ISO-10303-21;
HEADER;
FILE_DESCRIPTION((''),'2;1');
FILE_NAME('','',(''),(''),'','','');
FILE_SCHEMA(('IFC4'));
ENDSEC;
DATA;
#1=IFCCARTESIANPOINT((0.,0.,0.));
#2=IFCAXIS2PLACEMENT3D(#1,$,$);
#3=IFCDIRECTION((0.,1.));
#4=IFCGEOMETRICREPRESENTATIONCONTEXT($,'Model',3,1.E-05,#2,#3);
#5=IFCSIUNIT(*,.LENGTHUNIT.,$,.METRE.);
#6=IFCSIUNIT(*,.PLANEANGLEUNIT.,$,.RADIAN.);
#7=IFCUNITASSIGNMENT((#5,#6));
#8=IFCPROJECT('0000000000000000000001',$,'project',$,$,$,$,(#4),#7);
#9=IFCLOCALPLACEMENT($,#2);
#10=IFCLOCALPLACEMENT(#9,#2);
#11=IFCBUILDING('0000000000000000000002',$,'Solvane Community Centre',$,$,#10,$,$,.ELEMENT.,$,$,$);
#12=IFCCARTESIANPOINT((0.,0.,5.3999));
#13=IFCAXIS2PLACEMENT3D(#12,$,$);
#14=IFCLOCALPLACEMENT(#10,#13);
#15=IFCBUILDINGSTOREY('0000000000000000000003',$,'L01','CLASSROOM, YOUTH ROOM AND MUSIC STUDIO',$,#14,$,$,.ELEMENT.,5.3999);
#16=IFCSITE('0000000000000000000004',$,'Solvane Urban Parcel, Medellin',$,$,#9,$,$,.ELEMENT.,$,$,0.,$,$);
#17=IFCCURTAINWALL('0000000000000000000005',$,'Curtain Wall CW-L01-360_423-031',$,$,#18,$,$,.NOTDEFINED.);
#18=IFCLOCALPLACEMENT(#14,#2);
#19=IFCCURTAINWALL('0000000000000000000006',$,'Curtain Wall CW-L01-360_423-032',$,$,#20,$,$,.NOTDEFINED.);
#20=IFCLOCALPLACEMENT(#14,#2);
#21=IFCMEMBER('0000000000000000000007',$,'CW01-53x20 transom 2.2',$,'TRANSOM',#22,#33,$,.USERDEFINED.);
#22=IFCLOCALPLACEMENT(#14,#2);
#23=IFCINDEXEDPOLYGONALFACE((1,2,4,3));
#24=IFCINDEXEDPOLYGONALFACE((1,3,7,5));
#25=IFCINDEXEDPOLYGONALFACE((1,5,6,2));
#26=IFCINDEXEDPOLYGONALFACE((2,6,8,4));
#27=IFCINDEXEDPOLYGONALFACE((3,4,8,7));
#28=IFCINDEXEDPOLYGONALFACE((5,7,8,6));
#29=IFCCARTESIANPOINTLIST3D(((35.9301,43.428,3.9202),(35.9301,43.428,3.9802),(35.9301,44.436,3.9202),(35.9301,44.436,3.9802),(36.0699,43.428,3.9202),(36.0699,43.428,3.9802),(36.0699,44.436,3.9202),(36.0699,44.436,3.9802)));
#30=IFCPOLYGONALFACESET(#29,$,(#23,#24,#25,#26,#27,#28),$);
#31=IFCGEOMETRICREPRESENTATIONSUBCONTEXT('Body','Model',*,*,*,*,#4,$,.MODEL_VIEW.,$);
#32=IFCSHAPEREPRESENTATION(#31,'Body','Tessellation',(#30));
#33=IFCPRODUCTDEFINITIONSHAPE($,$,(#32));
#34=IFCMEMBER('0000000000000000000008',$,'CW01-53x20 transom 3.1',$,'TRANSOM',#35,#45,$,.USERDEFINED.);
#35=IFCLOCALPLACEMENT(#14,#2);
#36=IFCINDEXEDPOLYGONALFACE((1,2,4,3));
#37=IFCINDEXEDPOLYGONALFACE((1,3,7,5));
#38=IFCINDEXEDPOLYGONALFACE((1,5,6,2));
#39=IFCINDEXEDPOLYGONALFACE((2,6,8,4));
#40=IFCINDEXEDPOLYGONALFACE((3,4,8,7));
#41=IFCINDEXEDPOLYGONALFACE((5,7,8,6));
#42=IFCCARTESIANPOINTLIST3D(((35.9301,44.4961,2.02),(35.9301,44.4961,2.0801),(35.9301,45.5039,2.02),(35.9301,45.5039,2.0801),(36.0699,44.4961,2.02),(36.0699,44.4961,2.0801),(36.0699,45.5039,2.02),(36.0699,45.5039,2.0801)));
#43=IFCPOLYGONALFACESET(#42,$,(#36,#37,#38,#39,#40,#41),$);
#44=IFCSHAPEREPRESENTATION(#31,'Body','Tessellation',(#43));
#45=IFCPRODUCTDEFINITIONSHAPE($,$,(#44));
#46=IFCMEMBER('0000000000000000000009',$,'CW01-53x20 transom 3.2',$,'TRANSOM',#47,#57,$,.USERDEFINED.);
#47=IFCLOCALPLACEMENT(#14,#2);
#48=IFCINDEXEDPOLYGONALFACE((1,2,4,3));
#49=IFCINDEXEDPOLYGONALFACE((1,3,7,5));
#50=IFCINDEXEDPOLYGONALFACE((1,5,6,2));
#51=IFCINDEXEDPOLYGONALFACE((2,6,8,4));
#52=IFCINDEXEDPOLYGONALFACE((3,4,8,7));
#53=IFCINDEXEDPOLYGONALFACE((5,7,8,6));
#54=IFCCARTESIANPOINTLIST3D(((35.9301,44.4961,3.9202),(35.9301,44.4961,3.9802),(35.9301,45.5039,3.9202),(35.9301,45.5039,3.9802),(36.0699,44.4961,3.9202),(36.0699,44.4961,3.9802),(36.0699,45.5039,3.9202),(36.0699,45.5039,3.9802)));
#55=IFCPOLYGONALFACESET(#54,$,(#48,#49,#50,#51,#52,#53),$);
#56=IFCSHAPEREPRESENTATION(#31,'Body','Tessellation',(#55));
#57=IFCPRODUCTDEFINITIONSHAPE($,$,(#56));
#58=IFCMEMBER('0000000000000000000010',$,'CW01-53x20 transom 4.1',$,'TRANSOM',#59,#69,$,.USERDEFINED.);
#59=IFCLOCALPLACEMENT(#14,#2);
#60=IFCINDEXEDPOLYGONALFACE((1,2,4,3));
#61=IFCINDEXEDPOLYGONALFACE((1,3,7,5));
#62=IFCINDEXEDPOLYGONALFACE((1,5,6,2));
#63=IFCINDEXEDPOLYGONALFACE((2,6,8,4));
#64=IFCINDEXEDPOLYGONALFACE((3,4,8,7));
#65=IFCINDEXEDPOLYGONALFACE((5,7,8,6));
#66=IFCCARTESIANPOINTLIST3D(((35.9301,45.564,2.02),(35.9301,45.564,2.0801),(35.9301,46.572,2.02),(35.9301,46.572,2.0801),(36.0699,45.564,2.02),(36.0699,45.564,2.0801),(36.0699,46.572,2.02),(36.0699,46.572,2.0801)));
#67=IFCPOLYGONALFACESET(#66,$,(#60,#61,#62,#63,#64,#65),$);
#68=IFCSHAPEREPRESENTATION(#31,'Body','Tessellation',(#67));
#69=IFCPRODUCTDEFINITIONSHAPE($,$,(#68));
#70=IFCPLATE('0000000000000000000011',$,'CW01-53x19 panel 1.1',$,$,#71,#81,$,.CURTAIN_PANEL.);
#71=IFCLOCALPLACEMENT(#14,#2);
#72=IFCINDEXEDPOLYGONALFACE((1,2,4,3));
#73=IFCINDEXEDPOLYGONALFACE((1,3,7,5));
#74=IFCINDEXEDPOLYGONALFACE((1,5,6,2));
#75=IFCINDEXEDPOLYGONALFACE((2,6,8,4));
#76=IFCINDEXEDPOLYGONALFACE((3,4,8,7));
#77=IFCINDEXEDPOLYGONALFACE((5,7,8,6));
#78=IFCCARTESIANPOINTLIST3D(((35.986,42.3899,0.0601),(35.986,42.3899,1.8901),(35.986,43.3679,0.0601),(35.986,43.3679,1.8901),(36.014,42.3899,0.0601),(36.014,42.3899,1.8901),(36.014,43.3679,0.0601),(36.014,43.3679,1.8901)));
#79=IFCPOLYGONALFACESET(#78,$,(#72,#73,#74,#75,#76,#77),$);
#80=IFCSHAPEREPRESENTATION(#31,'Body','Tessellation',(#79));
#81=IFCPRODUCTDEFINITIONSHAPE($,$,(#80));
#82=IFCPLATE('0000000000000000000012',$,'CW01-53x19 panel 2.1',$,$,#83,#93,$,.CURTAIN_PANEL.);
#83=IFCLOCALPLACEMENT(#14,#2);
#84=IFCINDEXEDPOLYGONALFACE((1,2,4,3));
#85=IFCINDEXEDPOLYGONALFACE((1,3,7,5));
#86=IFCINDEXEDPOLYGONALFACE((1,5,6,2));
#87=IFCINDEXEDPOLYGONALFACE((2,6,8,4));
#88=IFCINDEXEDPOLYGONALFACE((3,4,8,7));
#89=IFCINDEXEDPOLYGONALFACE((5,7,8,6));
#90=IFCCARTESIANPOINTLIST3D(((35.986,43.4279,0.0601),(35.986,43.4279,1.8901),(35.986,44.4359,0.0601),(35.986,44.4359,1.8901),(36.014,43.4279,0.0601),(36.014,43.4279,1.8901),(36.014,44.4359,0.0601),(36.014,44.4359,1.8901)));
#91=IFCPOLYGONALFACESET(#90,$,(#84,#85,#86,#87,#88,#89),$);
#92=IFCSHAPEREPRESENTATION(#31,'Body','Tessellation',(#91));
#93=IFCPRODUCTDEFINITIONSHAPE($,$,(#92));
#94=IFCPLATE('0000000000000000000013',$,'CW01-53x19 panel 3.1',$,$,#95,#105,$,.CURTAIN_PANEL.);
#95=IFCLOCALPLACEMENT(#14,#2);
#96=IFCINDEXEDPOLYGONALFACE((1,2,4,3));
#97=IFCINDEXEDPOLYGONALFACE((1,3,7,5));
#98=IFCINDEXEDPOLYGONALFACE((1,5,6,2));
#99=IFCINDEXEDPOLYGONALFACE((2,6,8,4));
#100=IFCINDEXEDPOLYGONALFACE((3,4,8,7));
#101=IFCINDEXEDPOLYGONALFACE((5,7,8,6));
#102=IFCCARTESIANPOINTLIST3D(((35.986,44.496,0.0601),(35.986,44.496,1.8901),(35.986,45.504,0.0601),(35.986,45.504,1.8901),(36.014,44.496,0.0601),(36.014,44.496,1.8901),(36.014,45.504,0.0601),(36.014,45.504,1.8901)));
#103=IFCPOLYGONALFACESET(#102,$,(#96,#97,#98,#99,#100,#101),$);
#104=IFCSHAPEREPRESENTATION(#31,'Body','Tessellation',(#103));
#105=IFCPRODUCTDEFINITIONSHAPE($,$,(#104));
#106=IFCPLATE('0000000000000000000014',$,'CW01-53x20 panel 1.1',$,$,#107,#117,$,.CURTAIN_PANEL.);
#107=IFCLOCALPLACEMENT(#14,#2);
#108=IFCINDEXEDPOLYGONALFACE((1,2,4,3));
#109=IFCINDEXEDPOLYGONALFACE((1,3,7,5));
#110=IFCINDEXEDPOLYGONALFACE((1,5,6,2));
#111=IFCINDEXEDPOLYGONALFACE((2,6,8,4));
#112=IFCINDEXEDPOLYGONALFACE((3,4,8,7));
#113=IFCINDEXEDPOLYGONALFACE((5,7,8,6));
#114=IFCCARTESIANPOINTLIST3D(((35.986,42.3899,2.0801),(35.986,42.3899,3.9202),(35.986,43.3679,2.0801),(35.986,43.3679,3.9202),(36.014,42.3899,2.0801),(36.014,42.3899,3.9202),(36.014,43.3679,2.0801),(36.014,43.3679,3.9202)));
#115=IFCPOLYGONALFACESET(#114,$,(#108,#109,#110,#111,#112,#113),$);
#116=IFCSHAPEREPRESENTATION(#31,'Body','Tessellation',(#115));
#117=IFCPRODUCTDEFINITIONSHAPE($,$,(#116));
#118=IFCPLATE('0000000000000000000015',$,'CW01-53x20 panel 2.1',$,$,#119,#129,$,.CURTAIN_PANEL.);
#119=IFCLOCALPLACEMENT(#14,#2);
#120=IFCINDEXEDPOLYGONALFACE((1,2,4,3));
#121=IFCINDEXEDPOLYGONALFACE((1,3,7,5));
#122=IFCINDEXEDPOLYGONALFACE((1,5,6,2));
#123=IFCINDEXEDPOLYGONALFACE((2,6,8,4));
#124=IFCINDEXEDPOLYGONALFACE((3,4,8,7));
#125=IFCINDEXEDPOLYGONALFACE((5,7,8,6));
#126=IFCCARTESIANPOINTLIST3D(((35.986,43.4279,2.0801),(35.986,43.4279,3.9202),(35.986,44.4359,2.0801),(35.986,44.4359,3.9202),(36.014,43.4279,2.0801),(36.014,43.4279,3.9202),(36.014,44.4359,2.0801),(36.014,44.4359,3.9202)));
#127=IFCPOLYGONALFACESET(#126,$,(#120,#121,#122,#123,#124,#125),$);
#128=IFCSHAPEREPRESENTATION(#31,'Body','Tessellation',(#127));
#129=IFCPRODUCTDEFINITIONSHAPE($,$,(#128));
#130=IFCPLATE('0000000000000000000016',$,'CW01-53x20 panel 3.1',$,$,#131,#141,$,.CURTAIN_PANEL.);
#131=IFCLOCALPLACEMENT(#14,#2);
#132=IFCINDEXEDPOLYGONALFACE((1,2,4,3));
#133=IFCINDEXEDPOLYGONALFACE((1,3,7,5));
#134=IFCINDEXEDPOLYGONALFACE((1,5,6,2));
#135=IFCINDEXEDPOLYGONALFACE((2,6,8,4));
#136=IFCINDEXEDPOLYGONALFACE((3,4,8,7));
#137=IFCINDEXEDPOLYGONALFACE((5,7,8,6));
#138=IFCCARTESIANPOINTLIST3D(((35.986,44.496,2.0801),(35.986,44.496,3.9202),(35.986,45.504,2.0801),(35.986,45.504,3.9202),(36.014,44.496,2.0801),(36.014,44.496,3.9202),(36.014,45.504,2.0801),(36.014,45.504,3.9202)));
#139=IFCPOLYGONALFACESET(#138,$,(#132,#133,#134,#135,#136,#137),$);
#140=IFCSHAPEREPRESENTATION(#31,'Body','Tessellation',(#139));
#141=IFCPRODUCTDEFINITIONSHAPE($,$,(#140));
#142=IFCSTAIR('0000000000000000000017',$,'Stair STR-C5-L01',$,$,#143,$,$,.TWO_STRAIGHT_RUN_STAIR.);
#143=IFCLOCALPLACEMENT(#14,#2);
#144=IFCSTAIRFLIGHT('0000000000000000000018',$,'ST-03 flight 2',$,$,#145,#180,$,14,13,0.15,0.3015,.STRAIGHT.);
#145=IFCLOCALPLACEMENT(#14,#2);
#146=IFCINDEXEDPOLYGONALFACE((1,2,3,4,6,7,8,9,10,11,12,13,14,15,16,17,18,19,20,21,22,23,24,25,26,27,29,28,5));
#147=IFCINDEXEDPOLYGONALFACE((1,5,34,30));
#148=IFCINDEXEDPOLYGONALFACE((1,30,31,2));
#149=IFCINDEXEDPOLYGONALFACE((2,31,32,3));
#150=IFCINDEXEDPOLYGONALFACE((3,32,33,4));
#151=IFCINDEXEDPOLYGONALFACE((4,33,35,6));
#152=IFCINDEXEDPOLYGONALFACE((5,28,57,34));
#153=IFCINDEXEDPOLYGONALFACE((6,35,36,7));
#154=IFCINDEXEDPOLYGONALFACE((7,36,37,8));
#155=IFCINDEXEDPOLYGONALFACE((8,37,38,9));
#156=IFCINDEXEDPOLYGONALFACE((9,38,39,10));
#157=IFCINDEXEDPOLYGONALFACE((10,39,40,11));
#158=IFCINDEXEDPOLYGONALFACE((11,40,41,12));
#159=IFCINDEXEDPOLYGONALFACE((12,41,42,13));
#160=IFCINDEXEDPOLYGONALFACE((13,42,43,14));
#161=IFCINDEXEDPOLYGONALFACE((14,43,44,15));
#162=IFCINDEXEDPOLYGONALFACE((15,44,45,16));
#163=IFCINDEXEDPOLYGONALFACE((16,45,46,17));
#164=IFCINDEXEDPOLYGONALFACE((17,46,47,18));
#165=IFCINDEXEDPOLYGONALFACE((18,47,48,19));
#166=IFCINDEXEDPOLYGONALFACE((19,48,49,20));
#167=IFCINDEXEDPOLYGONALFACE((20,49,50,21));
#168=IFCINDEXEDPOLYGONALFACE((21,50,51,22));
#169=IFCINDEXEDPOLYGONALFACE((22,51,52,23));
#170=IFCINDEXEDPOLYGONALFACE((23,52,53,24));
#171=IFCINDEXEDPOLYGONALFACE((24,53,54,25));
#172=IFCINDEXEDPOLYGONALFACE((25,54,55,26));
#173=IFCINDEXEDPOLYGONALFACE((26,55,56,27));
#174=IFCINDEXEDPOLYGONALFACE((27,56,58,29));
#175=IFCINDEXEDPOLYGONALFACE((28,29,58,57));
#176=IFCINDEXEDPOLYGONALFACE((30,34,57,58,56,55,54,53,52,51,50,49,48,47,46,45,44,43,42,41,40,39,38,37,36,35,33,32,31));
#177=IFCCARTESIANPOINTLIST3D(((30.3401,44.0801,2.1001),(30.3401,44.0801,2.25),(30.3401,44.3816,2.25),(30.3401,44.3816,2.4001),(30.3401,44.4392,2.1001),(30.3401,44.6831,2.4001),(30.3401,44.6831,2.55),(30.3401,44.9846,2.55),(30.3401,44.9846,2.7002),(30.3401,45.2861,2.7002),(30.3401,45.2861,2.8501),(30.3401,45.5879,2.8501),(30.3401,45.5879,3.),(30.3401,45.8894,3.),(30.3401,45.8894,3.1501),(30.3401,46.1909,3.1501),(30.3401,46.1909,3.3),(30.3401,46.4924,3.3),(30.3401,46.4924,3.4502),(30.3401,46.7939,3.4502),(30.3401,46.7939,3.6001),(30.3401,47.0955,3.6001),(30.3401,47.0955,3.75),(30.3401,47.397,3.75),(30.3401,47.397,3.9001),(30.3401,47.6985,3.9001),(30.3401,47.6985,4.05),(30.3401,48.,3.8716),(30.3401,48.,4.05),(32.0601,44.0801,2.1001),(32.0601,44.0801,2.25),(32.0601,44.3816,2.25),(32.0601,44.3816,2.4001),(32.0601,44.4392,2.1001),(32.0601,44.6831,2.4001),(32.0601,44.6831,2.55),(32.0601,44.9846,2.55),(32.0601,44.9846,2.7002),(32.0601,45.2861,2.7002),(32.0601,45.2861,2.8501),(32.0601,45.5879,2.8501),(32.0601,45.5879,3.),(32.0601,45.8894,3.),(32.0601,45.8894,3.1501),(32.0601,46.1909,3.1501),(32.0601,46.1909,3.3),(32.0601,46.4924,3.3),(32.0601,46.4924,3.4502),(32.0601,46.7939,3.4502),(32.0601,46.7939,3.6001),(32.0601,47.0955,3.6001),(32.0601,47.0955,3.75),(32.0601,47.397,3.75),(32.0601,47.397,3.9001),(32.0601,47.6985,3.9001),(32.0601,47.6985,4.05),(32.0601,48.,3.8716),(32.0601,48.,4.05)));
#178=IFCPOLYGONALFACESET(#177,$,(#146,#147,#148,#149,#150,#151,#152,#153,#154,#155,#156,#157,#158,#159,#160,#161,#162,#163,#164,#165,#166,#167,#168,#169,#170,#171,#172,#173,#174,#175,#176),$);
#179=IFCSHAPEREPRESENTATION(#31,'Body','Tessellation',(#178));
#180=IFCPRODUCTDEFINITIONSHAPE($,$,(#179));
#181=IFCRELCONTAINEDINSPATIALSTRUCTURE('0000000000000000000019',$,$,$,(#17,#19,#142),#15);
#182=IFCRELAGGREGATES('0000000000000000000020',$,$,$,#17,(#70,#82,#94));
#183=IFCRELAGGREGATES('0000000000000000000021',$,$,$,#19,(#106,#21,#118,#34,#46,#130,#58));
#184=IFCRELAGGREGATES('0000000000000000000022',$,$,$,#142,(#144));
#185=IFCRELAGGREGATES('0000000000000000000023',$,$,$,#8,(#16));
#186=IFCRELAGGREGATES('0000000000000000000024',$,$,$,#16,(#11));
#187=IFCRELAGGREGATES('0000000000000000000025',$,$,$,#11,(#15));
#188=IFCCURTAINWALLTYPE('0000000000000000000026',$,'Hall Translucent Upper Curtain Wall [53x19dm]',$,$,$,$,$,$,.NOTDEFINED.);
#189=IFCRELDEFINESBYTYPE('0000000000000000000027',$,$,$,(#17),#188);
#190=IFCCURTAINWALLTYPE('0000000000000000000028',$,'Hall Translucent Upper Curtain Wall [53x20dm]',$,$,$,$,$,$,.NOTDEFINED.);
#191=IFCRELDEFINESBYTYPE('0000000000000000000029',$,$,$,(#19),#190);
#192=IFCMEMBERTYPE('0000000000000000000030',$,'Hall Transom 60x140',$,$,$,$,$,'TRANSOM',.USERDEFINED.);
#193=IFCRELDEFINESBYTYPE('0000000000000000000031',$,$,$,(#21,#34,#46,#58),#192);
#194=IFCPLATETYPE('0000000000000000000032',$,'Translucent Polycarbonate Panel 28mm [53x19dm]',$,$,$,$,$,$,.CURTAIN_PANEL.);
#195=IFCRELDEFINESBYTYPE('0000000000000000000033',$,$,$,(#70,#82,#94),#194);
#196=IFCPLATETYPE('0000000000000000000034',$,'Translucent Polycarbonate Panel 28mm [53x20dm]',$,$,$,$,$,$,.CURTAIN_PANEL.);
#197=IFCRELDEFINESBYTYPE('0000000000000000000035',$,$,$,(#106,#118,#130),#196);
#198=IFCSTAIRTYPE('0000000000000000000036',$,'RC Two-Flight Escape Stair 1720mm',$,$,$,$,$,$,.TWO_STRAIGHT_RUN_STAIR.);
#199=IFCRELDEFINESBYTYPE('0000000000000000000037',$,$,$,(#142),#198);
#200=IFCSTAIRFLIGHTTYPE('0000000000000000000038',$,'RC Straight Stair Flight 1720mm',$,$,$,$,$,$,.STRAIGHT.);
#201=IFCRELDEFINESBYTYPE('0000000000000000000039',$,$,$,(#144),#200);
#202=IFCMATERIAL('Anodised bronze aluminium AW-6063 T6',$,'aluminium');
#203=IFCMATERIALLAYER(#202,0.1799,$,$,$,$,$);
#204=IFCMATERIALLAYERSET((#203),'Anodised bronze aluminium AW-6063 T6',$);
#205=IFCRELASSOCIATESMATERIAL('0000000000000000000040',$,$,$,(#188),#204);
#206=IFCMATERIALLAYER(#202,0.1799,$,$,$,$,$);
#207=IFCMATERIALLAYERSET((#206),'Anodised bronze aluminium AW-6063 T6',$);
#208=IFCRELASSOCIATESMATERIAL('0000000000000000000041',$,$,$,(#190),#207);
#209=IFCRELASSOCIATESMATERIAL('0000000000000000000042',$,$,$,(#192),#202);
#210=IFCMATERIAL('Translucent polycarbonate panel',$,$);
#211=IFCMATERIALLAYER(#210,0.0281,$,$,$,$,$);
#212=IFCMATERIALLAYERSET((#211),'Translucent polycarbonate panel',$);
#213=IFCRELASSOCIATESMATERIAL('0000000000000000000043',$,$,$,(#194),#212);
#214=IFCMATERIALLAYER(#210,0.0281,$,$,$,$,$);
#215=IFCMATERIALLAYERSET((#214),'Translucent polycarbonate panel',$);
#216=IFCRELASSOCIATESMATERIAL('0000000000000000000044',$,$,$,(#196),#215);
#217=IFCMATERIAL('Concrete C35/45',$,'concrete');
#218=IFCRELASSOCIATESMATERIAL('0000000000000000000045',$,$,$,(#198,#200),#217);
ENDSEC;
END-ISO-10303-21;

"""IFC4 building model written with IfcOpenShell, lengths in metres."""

from ifc_helpers import new_model, si_unit, direction, frame, origin, origin_2d, place, context, subcontext, project, spatial, polyline, rectangle, outline, extrude, material, layer, layer_set, material_profile, profile_set, type_object, element, aggregate, save


model = new_model("IFC4")

# Units and contexts
model_context = context("Model", 3, precision=1e-05, world=origin(), true_north=direction((0.0, 1.0)))
body_context = subcontext(model_context, "Body", "Model", "MODEL_VIEW")
ifc_project = project(units=[si_unit("LENGTHUNIT", "METRE"), si_unit("PLANEANGLEUNIT", "RADIAN")], contexts=[model_context])

# Site, building, storey
site_placement = place(None, origin())
site = spatial("IfcSite", under=ifc_project, at=site_placement, Name="Solvane Urban Parcel, Medellin", CompositionType="ELEMENT", RefElevation=0.0)
building_placement = place(site_placement, origin())
building = spatial("IfcBuilding", under=site, at=building_placement, Name="Solvane Community Centre", CompositionType="ELEMENT")
storey_placement = place(building_placement, frame((0.0, 0.0, 5.3999)))
storey = spatial("IfcBuildingStorey", under=building, at=storey_placement, Name="L01", Description="CLASSROOM, YOUTH ROOM AND MUSIC STUDIO", CompositionType="ELEMENT", Elevation=5.3999)

# Curtain walls
ifc_material_1 = material(Name="Anodised bronze aluminium AW-6063 T6", Category="aluminium")
ifc_layer_1 = layer(ifc_material_1, 0.1799)
ifc_layer_set_1 = layer_set([ifc_layer_1], Name="Anodised bronze aluminium AW-6063 T6")
curtain_wall_type_1 = type_object("IfcCurtainWallType", Name="Hall Translucent Upper Curtain Wall [53x19dm]", PredefinedType="NOTDEFINED", material=ifc_layer_set_1)
curtain_wall_1_placement = place(storey_placement, origin())
curtain_wall_1 = element("IfcCurtainWall", 1, at=curtain_wall_1_placement, inside=storey, type_object=curtain_wall_type_1, Name="Curtain Wall CW-L01-360_423-031", PredefinedType="NOTDEFINED")
ifc_layer_2 = layer(ifc_material_1, 0.1799)
ifc_layer_set_2 = layer_set([ifc_layer_2], Name="Anodised bronze aluminium AW-6063 T6")
curtain_wall_type_2 = type_object("IfcCurtainWallType", Name="Hall Translucent Upper Curtain Wall [53x20dm]", PredefinedType="NOTDEFINED", material=ifc_layer_set_2)
curtain_wall_2_placement = place(storey_placement, origin())
curtain_wall_2 = element("IfcCurtainWall", 2, at=curtain_wall_2_placement, inside=storey, type_object=curtain_wall_type_2, Name="Curtain Wall CW-L01-360_423-032", PredefinedType="NOTDEFINED")

# Members
ifc_material_profile_1 = material_profile(ifc_material_1, rectangle(XDim=0.1399, YDim=0.0601, at=origin_2d()), Name="CW-T 60x140")
ifc_profile_set_1 = profile_set([ifc_material_profile_1], Name="Anodised bronze aluminium AW-6063 T6")
member_type_1 = type_object("IfcMemberType", Name="Hall Transom 60x140", ElementType="TRANSOM", PredefinedType="USERDEFINED", material=ifc_profile_set_1)
member_1_placement = place(storey_placement, frame((36.0, 43.428, 3.9502), z_axis=(0.0, 1.0, 0.0), x_axis=(-1.0, 0.0, 0.0)))
member_1 = element("IfcMember", 3, at=member_1_placement, type_object=member_type_1, Name="CW01-53x20 transom 2.2", ObjectType="TRANSOM", PredefinedType="USERDEFINED", context=body_context, shape_type="SweptSolid", body=[
    extrude(rectangle(XDim=0.1399, YDim=0.0601, at=origin_2d()), origin(), (0.0, 0.0, 1.0), 1.0081),
])
member_2_placement = place(storey_placement, frame((36.0, 44.4961, 2.05), z_axis=(0.0, 1.0, 0.0), x_axis=(-1.0, 0.0, 0.0)))
member_2 = element("IfcMember", 4, at=member_2_placement, type_object=member_type_1, Name="CW01-53x20 transom 3.1", ObjectType="TRANSOM", PredefinedType="USERDEFINED", context=body_context, shape_type="SweptSolid", body=[
    extrude(rectangle(XDim=0.1399, YDim=0.0601, at=origin_2d()), origin(), (0.0, 0.0, 1.0), 1.0078),
])
member_3_placement = place(storey_placement, frame((36.0, 44.4961, 3.9502), z_axis=(0.0, 1.0, 0.0), x_axis=(-1.0, 0.0, 0.0)))
member_3 = element("IfcMember", 5, at=member_3_placement, type_object=member_type_1, Name="CW01-53x20 transom 3.2", ObjectType="TRANSOM", PredefinedType="USERDEFINED", context=body_context, shape_type="SweptSolid", body=[
    extrude(rectangle(XDim=0.1399, YDim=0.0601, at=origin_2d()), origin(), (0.0, 0.0, 1.0), 1.0078),
])
member_4_placement = place(storey_placement, frame((36.0, 45.564, 2.05), z_axis=(0.0, 1.0, 0.0), x_axis=(-1.0, 0.0, 0.0)))
member_4 = element("IfcMember", 6, at=member_4_placement, type_object=member_type_1, Name="CW01-53x20 transom 4.1", ObjectType="TRANSOM", PredefinedType="USERDEFINED", context=body_context, shape_type="SweptSolid", body=[
    extrude(rectangle(XDim=0.1399, YDim=0.0601, at=origin_2d()), origin(), (0.0, 0.0, 1.0), 1.0081),
])

# Plates
ifc_material_2 = material(Name="Translucent polycarbonate panel")
ifc_layer_3 = layer(ifc_material_2, 0.0281)
ifc_layer_set_3 = layer_set([ifc_layer_3], Name="Translucent polycarbonate panel")
plate_type_1 = type_object("IfcPlateType", Name="Translucent Polycarbonate Panel 28mm [53x19dm]", PredefinedType="CURTAIN_PANEL", material=ifc_layer_set_3)
plate_1_placement = place(storey_placement, frame((36.0, 42.8789, 0.0601), z_axis=(0.0, 0.0, 1.0), x_axis=(0.0, 1.0, 0.0)))
plate_1 = element("IfcPlate", 7, at=plate_1_placement, type_object=plate_type_1, Name="CW01-53x19 panel 1.1", PredefinedType="CURTAIN_PANEL", context=body_context, shape_type="SweptSolid", body=[
    extrude(rectangle(XDim=0.978, YDim=0.0281, at=origin_2d()), origin(), (0.0, 0.0, 1.0), 1.8301),
])
plate_2_placement = place(storey_placement, frame((36.0, 43.9319, 0.0601), z_axis=(0.0, 0.0, 1.0), x_axis=(0.0, 1.0, 0.0)))
plate_2 = element("IfcPlate", 8, at=plate_2_placement, type_object=plate_type_1, Name="CW01-53x19 panel 2.1", PredefinedType="CURTAIN_PANEL", context=body_context, shape_type="SweptSolid", body=[
    extrude(rectangle(XDim=1.0081, YDim=0.0281, at=origin_2d()), origin(), (0.0, 0.0, 1.0), 1.8301),
])
plate_3_placement = place(storey_placement, frame((36.0, 45.0, 0.0601), z_axis=(0.0, 0.0, 1.0), x_axis=(0.0, 1.0, 0.0)))
plate_3 = element("IfcPlate", 9, at=plate_3_placement, type_object=plate_type_1, Name="CW01-53x19 panel 3.1", PredefinedType="CURTAIN_PANEL", context=body_context, shape_type="SweptSolid", body=[
    extrude(rectangle(XDim=1.0081, YDim=0.0281, at=origin_2d()), origin(), (0.0, 0.0, 1.0), 1.8301),
])
aggregate(curtain_wall_1, [plate_1, plate_2, plate_3])
ifc_layer_4 = layer(ifc_material_2, 0.0281)
ifc_layer_set_4 = layer_set([ifc_layer_4], Name="Translucent polycarbonate panel")
plate_type_2 = type_object("IfcPlateType", Name="Translucent Polycarbonate Panel 28mm [53x20dm]", PredefinedType="CURTAIN_PANEL", material=ifc_layer_set_4)
plate_4_placement = place(storey_placement, frame((36.0, 42.8789, 2.0801), z_axis=(0.0, 0.0, 1.0), x_axis=(0.0, 1.0, 0.0)))
plate_4 = element("IfcPlate", 10, at=plate_4_placement, type_object=plate_type_2, Name="CW01-53x20 panel 1.1", PredefinedType="CURTAIN_PANEL", context=body_context, shape_type="SweptSolid", body=[
    extrude(rectangle(XDim=0.978, YDim=0.0281, at=origin_2d()), origin(), (0.0, 0.0, 1.0), 1.8401),
])
plate_5_placement = place(storey_placement, frame((36.0, 43.9319, 2.0801), z_axis=(0.0, 0.0, 1.0), x_axis=(0.0, 1.0, 0.0)))
plate_5 = element("IfcPlate", 11, at=plate_5_placement, type_object=plate_type_2, Name="CW01-53x20 panel 2.1", PredefinedType="CURTAIN_PANEL", context=body_context, shape_type="SweptSolid", body=[
    extrude(rectangle(XDim=1.0081, YDim=0.0281, at=origin_2d()), origin(), (0.0, 0.0, 1.0), 1.8401),
])
plate_6_placement = place(storey_placement, frame((36.0, 45.0, 2.0801), z_axis=(0.0, 0.0, 1.0), x_axis=(0.0, 1.0, 0.0)))
plate_6 = element("IfcPlate", 12, at=plate_6_placement, type_object=plate_type_2, Name="CW01-53x20 panel 3.1", PredefinedType="CURTAIN_PANEL", context=body_context, shape_type="SweptSolid", body=[
    extrude(rectangle(XDim=1.0081, YDim=0.0281, at=origin_2d()), origin(), (0.0, 0.0, 1.0), 1.8401),
])
aggregate(curtain_wall_2, [plate_4, member_1, plate_5, member_2, member_3, plate_6, member_4])

# Stair, stair flight
ifc_material_3 = material(Name="Concrete C35/45", Category="concrete")
stair_type = type_object("IfcStairType", Name="RC Two-Flight Escape Stair 1720mm", PredefinedType="TWO_STRAIGHT_RUN_STAIR", material=ifc_material_3)
stair_placement = place(storey_placement, origin())
stair = element("IfcStair", 13, at=stair_placement, inside=storey, type_object=stair_type, Name="Stair STR-C5-L01", PredefinedType="TWO_STRAIGHT_RUN_STAIR")
stair_flight_type = type_object("IfcStairFlightType", Name="RC Straight Stair Flight 1720mm", PredefinedType="STRAIGHT", material=ifc_material_3)
stair_flight_placement = place(storey_placement, frame((31.2, 44.0801, 2.1001), z_axis=(0.0, 0.0, 1.0), x_axis=(0.0, 1.0, 0.0)))
stair_flight = element("IfcStairFlight", 14, at=stair_flight_placement, type_object=stair_flight_type, Name="ST-03 flight 2", NumberOfRisers=14, NumberOfTreads=13, PredefinedType="STRAIGHT", RiserHeight=0.15, TreadLength=0.3015, context=body_context, shape_type="SweptSolid", body=[
    extrude(outline(polyline([(0.0, 0.0), (0.0, 0.1499), (0.3015, 0.1499), (0.3015, 0.3), (0.603, 0.3), (0.603, 0.45), (0.9045, 0.45), (0.9045, 0.6001), (1.2061, 0.6001), (1.2061, 0.75), (1.5078, 0.75), (1.5078, 0.8999), (1.8093, 0.8999), (1.8093, 1.05), (2.1108, 1.05), (2.1108, 1.2), (2.4124, 1.2), (2.4124, 1.3501), (2.7139, 1.3501), (2.7139, 1.5), (3.0154, 1.5), (3.0154, 1.6499), (3.3169, 1.6499), (3.3169, 1.8), (3.6184, 1.8), (3.6184, 1.95), (3.9199, 1.95), (3.9199, 2.1001), (3.9199, 1.7715), (0.3591, 0.0), (0.0, 0.0)])), frame((0.0, 0.8599, 0.0), z_axis=(0.0, -1.0, 0.0), x_axis=(1.0, 0.0, 0.0)), (0.0, 0.0, 1.0), 1.72),
])
aggregate(stair, [stair_flight])

save(model, "model.ifc")
